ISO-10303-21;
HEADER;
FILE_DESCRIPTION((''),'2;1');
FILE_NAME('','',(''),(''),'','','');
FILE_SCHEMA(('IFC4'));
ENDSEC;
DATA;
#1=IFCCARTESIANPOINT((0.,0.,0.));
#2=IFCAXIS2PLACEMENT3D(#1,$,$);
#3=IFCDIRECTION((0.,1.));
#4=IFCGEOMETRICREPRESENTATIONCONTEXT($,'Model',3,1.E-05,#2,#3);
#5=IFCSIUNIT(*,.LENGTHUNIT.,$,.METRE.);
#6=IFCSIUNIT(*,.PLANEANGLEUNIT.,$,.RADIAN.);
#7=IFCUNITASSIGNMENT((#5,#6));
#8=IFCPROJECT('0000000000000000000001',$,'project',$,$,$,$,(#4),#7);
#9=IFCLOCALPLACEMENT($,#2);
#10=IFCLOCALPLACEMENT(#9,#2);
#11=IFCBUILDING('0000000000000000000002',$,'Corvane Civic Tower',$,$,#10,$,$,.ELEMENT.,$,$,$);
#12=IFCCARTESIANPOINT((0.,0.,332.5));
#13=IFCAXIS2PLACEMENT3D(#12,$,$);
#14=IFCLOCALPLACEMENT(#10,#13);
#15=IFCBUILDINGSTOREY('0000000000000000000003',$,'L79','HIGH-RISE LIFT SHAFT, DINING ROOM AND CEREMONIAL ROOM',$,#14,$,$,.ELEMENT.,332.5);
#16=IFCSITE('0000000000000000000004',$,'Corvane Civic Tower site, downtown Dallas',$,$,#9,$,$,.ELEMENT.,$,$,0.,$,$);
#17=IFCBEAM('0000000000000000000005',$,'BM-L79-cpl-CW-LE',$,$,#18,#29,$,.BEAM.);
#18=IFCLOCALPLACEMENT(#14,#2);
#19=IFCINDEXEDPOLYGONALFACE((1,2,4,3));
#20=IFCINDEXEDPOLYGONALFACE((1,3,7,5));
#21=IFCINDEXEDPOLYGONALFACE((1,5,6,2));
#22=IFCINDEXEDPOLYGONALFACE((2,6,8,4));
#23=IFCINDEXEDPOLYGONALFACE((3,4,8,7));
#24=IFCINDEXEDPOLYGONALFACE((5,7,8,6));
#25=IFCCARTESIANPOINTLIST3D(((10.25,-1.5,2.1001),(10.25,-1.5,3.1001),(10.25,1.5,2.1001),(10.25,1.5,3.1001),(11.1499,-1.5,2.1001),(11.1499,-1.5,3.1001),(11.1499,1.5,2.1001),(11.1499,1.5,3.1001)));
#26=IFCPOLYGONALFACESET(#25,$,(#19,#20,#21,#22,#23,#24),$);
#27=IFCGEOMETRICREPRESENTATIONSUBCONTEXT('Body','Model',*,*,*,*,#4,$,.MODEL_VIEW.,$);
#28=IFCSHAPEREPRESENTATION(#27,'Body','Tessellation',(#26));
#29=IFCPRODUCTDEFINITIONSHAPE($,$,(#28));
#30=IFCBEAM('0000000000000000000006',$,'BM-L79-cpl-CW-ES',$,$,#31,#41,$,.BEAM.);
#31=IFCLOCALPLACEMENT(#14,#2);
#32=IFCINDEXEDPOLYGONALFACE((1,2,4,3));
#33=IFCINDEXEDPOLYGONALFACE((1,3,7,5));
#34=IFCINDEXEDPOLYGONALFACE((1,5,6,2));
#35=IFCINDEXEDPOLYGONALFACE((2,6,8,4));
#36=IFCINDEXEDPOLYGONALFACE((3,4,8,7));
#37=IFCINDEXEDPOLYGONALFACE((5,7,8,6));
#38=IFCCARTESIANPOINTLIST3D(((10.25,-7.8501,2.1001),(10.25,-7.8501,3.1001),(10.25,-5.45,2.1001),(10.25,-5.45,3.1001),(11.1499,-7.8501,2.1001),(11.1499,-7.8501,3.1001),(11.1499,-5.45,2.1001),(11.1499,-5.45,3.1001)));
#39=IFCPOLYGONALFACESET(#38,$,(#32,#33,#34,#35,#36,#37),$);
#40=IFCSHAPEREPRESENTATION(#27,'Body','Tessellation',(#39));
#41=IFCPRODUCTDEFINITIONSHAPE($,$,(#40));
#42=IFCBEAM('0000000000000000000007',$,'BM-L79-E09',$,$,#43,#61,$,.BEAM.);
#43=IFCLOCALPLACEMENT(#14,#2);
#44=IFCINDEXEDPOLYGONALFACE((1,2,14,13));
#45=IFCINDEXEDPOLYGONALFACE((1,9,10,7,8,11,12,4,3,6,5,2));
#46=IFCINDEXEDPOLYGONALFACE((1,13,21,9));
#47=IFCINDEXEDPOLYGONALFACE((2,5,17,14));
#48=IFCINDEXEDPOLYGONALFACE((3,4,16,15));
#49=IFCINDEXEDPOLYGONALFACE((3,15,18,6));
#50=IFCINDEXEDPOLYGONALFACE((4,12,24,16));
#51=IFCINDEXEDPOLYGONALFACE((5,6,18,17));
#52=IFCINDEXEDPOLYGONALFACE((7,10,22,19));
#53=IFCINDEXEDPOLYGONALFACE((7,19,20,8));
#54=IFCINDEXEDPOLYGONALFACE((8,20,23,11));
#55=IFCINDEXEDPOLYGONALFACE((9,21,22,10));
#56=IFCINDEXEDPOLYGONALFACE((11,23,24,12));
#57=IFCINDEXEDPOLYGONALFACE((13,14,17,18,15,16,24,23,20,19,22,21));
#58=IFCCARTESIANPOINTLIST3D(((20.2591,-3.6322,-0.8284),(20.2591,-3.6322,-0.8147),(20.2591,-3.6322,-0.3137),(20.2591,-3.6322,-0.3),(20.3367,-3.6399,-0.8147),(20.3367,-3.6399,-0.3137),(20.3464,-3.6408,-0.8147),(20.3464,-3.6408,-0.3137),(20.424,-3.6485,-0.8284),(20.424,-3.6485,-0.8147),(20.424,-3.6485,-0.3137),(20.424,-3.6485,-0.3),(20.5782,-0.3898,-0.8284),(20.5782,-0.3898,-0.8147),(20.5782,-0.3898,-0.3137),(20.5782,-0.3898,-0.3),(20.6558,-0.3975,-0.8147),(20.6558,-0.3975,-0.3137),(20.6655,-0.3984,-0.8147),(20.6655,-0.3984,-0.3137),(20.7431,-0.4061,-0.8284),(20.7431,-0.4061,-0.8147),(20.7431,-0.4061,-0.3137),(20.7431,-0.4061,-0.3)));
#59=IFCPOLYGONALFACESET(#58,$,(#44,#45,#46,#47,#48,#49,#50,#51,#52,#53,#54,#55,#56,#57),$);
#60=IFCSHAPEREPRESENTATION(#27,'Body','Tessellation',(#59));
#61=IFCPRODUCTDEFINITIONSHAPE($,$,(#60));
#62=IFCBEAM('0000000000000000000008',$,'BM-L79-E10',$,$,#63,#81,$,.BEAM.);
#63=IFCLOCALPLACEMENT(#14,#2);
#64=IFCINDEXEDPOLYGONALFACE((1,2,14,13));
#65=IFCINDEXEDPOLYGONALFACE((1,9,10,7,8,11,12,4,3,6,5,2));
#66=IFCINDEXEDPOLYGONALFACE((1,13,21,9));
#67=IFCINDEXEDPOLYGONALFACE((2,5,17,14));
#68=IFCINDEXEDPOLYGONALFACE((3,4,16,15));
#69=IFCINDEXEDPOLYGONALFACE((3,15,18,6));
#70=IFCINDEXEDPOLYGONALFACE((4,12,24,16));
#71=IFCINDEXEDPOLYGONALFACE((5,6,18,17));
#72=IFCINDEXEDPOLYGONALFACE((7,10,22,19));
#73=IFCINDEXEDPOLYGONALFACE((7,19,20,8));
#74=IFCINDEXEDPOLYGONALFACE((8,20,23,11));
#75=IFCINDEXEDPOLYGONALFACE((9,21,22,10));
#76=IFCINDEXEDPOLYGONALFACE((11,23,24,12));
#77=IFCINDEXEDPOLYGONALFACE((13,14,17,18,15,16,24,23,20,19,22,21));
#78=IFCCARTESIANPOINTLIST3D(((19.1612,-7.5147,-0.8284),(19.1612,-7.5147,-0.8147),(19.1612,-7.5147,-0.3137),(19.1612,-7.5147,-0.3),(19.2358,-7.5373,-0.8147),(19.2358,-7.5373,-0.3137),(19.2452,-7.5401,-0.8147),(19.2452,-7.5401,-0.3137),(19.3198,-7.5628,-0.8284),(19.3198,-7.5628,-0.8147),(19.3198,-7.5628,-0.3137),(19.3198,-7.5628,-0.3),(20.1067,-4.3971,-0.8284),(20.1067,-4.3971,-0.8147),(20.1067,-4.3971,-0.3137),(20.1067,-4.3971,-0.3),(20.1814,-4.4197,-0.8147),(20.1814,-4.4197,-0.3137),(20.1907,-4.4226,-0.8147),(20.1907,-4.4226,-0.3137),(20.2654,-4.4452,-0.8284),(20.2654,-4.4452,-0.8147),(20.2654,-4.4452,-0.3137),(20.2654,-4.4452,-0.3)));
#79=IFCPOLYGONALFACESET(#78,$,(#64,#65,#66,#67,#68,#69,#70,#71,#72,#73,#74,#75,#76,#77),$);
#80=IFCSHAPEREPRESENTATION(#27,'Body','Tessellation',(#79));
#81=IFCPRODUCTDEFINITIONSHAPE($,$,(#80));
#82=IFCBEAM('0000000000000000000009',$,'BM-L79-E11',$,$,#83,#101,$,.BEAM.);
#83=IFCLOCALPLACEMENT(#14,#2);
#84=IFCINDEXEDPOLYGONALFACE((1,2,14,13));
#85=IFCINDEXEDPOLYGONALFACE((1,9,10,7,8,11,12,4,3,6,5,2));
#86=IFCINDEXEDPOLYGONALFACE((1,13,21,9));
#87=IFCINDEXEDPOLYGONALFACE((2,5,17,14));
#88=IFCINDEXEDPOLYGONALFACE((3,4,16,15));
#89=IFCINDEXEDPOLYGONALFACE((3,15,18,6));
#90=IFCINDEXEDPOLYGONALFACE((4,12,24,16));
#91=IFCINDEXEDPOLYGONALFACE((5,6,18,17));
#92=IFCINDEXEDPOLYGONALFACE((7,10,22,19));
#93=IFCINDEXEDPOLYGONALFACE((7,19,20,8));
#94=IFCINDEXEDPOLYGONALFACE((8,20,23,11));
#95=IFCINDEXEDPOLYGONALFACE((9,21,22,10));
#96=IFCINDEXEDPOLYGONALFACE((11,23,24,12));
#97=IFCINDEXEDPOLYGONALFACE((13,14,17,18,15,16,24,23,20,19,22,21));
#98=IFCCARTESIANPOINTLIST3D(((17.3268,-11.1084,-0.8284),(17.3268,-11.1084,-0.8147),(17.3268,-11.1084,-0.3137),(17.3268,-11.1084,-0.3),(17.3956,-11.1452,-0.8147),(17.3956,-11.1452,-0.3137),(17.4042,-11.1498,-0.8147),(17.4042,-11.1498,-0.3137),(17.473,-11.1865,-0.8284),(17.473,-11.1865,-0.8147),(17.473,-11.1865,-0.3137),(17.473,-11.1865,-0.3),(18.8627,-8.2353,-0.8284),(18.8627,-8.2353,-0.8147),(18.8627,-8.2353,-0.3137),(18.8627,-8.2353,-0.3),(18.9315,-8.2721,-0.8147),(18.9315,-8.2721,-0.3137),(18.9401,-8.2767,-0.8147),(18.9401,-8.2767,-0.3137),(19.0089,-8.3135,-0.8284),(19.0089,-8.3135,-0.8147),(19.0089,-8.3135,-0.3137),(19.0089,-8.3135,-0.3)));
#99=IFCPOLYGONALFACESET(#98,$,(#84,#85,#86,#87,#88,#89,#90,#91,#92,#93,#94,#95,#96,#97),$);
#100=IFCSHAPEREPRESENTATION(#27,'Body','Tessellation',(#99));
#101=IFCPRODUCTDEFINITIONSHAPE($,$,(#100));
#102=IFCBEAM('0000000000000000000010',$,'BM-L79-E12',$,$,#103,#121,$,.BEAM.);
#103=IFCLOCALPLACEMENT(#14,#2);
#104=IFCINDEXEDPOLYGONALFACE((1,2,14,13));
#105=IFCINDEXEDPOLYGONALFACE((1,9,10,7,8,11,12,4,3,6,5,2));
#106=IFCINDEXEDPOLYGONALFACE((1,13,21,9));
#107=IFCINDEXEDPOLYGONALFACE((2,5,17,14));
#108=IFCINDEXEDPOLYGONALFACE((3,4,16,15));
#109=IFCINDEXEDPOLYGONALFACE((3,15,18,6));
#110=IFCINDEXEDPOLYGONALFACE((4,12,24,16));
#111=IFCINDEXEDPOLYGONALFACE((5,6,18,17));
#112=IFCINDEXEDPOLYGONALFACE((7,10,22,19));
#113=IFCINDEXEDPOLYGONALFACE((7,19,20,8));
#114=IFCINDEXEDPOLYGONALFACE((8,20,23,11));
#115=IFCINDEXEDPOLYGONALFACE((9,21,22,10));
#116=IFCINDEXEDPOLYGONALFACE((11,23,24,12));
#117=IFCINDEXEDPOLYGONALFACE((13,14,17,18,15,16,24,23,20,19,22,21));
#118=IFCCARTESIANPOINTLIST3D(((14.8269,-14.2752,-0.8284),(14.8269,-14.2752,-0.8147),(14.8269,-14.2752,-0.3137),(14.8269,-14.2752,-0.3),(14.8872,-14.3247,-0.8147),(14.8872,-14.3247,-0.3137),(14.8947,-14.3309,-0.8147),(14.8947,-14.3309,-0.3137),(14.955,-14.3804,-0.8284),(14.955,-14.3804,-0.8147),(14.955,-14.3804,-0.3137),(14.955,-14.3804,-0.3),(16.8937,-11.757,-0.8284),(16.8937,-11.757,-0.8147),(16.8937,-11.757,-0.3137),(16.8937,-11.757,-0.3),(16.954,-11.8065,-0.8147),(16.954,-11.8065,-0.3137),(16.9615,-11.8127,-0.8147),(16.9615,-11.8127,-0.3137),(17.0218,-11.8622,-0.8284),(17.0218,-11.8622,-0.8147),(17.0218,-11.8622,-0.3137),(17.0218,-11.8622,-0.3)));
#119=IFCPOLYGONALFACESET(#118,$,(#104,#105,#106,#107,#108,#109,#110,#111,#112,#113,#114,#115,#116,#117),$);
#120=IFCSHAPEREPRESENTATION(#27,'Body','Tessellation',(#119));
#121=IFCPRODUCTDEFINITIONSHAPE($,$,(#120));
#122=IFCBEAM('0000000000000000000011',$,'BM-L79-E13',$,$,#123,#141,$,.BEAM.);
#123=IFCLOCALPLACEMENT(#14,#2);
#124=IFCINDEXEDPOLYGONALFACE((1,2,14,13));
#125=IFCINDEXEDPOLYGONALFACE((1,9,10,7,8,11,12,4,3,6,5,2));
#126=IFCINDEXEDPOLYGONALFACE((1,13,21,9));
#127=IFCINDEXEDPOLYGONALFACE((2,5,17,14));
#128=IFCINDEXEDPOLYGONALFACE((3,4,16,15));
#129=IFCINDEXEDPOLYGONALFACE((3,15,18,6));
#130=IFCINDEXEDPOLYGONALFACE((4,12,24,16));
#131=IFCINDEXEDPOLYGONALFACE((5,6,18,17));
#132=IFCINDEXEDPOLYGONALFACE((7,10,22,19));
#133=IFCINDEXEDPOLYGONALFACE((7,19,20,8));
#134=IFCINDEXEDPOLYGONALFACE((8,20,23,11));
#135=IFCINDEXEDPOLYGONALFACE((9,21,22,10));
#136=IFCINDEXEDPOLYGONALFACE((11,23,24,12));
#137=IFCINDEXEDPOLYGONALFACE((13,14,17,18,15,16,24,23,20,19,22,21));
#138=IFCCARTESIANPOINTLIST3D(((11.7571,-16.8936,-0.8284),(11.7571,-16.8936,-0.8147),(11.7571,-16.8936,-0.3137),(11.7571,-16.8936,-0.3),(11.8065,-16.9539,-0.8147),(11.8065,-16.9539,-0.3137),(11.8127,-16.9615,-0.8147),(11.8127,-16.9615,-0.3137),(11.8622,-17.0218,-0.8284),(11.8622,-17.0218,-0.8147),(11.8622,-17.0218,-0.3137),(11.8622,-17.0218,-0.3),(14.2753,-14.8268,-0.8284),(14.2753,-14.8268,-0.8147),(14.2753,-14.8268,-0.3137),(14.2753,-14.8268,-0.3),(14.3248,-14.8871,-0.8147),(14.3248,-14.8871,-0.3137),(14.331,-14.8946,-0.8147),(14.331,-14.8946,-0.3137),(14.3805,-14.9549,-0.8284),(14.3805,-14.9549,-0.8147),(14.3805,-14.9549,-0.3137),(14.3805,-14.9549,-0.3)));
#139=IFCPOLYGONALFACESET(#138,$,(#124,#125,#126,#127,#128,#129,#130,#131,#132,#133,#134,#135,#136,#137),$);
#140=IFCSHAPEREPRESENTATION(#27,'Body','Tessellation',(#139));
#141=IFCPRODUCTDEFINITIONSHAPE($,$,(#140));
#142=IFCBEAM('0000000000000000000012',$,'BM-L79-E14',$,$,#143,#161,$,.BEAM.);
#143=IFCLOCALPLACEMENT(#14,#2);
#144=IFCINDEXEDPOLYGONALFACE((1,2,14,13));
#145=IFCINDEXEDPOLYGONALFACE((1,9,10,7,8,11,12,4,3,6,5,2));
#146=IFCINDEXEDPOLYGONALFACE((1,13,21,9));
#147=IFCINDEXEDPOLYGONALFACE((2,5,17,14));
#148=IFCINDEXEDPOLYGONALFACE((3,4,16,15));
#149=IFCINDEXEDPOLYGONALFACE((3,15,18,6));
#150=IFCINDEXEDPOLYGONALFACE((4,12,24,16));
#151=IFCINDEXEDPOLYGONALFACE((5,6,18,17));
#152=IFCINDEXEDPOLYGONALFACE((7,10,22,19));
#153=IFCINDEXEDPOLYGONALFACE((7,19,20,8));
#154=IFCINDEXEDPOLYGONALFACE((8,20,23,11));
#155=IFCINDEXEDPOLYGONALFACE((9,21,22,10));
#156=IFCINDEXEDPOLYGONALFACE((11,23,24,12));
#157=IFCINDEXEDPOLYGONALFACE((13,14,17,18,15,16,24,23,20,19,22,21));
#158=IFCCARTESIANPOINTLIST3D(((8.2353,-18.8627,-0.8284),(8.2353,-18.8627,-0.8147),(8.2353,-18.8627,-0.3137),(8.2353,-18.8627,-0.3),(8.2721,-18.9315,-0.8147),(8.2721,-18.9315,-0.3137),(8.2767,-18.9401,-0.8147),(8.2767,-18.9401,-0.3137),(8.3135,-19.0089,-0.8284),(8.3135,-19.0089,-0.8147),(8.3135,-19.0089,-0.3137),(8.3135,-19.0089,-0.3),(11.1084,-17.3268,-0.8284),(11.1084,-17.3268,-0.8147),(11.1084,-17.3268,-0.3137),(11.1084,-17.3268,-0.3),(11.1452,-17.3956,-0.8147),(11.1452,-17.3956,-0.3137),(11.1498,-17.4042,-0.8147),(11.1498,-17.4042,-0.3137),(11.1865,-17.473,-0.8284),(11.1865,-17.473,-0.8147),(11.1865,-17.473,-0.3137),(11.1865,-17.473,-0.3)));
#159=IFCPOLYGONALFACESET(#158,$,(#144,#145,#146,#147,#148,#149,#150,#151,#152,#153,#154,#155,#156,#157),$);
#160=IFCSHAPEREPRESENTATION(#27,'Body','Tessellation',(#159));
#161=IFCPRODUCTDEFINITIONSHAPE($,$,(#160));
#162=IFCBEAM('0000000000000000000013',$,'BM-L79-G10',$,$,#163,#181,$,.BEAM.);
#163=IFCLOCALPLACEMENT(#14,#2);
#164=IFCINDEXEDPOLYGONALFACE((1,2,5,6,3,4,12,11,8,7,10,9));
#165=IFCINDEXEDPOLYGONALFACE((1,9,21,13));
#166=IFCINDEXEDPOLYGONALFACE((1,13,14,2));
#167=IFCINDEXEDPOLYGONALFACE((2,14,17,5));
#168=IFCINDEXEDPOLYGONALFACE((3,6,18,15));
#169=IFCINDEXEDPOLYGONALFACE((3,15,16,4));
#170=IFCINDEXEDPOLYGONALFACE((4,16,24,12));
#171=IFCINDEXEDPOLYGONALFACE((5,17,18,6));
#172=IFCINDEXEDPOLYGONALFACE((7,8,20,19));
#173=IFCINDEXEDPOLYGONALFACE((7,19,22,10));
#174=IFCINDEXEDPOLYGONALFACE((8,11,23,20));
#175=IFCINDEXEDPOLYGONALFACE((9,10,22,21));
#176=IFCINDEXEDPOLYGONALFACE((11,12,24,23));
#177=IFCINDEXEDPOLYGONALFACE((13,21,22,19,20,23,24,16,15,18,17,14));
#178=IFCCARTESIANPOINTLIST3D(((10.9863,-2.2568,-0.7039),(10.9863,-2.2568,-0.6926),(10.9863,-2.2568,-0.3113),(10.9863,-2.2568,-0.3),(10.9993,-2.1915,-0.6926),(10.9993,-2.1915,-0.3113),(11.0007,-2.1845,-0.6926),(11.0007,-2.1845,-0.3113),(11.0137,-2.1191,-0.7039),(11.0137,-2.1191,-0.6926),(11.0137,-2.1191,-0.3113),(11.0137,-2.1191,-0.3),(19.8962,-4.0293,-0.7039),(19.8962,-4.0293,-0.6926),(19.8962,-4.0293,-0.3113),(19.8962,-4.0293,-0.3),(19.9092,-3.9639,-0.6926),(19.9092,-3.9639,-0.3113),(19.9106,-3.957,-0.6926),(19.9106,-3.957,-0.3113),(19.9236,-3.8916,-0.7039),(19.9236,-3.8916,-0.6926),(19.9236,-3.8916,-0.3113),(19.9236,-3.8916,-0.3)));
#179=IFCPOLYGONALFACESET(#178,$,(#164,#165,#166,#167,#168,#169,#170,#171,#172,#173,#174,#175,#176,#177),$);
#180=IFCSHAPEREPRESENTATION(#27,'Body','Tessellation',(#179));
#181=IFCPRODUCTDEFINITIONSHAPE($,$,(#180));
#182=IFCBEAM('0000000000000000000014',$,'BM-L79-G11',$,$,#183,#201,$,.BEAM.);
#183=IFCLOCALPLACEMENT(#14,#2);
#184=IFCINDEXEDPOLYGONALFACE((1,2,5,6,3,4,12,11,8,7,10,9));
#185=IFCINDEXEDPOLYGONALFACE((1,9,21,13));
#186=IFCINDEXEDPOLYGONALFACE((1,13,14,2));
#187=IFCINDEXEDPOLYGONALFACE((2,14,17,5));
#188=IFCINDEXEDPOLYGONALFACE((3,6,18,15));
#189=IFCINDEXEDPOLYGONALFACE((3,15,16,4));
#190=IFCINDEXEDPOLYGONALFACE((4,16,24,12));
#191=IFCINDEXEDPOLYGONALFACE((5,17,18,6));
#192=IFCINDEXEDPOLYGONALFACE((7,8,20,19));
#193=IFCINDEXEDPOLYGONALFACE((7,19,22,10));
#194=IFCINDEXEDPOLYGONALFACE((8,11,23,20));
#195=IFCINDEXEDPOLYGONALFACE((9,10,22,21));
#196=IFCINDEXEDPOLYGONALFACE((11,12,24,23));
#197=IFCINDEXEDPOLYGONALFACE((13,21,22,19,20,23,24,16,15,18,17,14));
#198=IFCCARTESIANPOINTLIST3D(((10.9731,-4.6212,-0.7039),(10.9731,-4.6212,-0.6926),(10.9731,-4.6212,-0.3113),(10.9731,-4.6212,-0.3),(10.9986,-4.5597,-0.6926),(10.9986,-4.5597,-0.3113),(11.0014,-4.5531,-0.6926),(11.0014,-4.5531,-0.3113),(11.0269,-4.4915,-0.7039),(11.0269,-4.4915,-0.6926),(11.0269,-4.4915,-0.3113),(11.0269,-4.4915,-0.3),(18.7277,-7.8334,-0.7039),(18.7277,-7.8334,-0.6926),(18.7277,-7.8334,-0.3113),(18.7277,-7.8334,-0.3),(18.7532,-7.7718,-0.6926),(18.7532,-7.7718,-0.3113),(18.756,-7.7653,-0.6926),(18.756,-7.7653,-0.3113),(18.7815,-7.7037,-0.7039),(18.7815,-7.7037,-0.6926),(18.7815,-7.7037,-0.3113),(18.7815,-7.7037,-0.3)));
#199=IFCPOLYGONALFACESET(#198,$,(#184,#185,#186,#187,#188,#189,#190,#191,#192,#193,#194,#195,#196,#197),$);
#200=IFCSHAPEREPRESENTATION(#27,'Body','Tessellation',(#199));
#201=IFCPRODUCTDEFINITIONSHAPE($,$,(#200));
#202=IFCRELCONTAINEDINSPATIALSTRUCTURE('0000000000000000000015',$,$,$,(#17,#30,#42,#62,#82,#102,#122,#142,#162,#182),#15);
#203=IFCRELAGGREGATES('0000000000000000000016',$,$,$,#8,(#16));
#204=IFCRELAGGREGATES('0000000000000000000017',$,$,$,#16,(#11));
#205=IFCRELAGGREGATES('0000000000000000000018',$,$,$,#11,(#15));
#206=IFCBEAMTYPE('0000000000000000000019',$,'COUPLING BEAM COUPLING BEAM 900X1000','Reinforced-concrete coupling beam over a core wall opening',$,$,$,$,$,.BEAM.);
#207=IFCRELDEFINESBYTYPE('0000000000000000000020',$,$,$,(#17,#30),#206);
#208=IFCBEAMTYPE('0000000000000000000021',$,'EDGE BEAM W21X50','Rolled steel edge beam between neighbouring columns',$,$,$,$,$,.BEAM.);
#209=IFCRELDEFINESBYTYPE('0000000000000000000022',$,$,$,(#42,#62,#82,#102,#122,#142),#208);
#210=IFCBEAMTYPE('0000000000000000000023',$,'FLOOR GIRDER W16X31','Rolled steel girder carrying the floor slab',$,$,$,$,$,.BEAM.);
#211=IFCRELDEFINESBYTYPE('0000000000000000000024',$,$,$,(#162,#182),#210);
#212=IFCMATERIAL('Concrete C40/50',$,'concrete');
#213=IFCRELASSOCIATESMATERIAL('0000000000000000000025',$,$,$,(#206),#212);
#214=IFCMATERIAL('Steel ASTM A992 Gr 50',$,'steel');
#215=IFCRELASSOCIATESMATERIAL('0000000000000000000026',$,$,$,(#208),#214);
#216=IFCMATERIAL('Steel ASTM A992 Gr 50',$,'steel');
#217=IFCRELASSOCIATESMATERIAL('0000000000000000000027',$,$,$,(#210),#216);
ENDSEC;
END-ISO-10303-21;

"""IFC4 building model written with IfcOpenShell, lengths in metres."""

from ifc_helpers import new_model, si_unit, direction, frame, origin, origin_2d, place, context, subcontext, project, spatial, rectangle, i_section, extrude, material, material_profile, profile_set, type_object, element, save


model = new_model("IFC4")

# Units and contexts
model_context = context("Model", 3, precision=1e-05, world=origin(), true_north=direction((0.0, 1.0)))
body_context = subcontext(model_context, "Body", "Model", "MODEL_VIEW")
ifc_project = project(units=[si_unit("LENGTHUNIT", "METRE"), si_unit("PLANEANGLEUNIT", "RADIAN")], contexts=[model_context])

# Site, building, storey
site_placement = place(None, origin())
site = spatial("IfcSite", under=ifc_project, at=site_placement, Name="Corvane Civic Tower site, downtown Dallas", CompositionType="ELEMENT", RefElevation=0.0)
building_placement = place(site_placement, origin())
building = spatial("IfcBuilding", under=site, at=building_placement, Name="Corvane Civic Tower", CompositionType="ELEMENT")
storey_placement = place(building_placement, frame((0.0, 0.0, 332.5)))
storey = spatial("IfcBuildingStorey", under=building, at=storey_placement, Name="L79", Description="HIGH-RISE LIFT SHAFT, DINING ROOM AND CEREMONIAL ROOM", CompositionType="ELEMENT", Elevation=332.5)

# Beams
ifc_material_1 = material(Name="Concrete C40/50", Category="concrete")
ifc_material_profile_1 = material_profile(ifc_material_1, rectangle(XDim=0.8999, YDim=1.0, at=origin_2d()), Name="COUPLING BEAM 900X1000")
ifc_profile_set_1 = profile_set([ifc_material_profile_1], Name="Concrete C40/50")
beam_type_1 = type_object("IfcBeamType", Name="COUPLING BEAM COUPLING BEAM 900X1000", Description="Reinforced-concrete coupling beam over a core wall opening", PredefinedType="BEAM", material=ifc_profile_set_1)
beam_1_placement = place(storey_placement, frame((10.7, -1.5, 2.6001), z_axis=(0.0, 1.0, 0.0), x_axis=(-1.0, 0.0, 0.0)))
element("IfcBeam", 1, at=beam_1_placement, inside=storey, type_object=beam_type_1, Name="BM-L79-cpl-CW-LE", PredefinedType="BEAM", context=body_context, shape_type="SweptSolid", body=[
    extrude(rectangle(XDim=0.8999, YDim=1.0, at=origin_2d()), origin(), (0.0, 0.0, 1.0), 3.0),
])
beam_2_placement = place(storey_placement, frame((10.7, -7.8501, 2.6001), z_axis=(0.0, 1.0, 0.0), x_axis=(-1.0, 0.0, 0.0)))
element("IfcBeam", 2, at=beam_2_placement, inside=storey, type_object=beam_type_1, Name="BM-L79-cpl-CW-ES", PredefinedType="BEAM", context=body_context, shape_type="SweptSolid", body=[
    extrude(rectangle(XDim=0.8999, YDim=1.0, at=origin_2d()), origin(), (0.0, 0.0, 1.0), 2.4001),
])
ifc_material_2 = material(Name="Steel ASTM A992 Gr 50", Category="steel")
ifc_material_profile_2 = material_profile(ifc_material_2, i_section(OverallWidth=0.1658, OverallDepth=0.5283, WebThickness=0.0098, FlangeThickness=0.0137, at=origin_2d()), Name="W21X50")
ifc_profile_set_2 = profile_set([ifc_material_profile_2], Name="Steel ASTM A992 Gr 50")
beam_type_2 = type_object("IfcBeamType", Name="EDGE BEAM W21X50", Description="Rolled steel edge beam between neighbouring columns", PredefinedType="BEAM", material=ifc_profile_set_2)
beam_3_placement = place(storey_placement, frame((20.6606, -0.3979, -0.5642), z_axis=(-0.097938, -0.995193, 0.0), x_axis=(0.995193, -0.097938, 0.0)))
element("IfcBeam", 3, at=beam_3_placement, inside=storey, type_object=beam_type_2, Name="BM-L79-E09", PredefinedType="BEAM", context=body_context, shape_type="SweptSolid", body=[
    extrude(i_section(OverallWidth=0.1658, OverallDepth=0.5283, WebThickness=0.0098, FlangeThickness=0.0137, at=origin_2d()), origin(), (0.0, 0.0, 1.0), 3.2581),
])
for number, where, z_axis, x_axis, name in (
    (4, (20.186, -4.4211, -0.5642), (-0.290234, -0.956956, 0.0), (0.956956, -0.290234, 0.0), "BM-L79-E10"),
    (5, (18.9358, -8.2744, -0.5642), (-0.471448, -0.881894, 0.0), (0.881894, -0.471448, 0.0), "BM-L79-E11"),
    (6, (16.9578, -11.8096, -0.5642), (-0.634425, -0.772985, 0.0), (0.772985, -0.634425, 0.0), "BM-L79-E12"),
    (7, (14.3279, -14.8909, -0.5642), (-0.772985, -0.634425, 0.0), (0.634425, -0.772985, 0.0), "BM-L79-E13"),
    (8, (11.1475, -17.3999, -0.5642), (-0.881894, -0.471448, 0.0), (0.471448, -0.881894, 0.0), "BM-L79-E14"),
):
    element("IfcBeam", number, at=place(storey_placement, frame(where, z_axis=z_axis, x_axis=x_axis)), inside=storey, type_object=beam_type_2, Name=name, PredefinedType="BEAM", context=body_context, shape_type="SweptSolid", body=[
        extrude(i_section(OverallWidth=0.1658, OverallDepth=0.5283, WebThickness=0.0098, FlangeThickness=0.0137, at=origin_2d()), origin(), (0.0, 0.0, 1.0), 3.2578),
    ])
ifc_material_3 = material(Name="Steel ASTM A992 Gr 50", Category="steel")
ifc_material_profile_3 = material_profile(ifc_material_3, i_section(OverallWidth=0.1404, OverallDepth=0.4038, WebThickness=0.0071, FlangeThickness=0.0112, at=origin_2d()), Name="W16X31")
ifc_profile_set_3 = profile_set([ifc_material_profile_3], Name="Steel ASTM A992 Gr 50")
beam_type_3 = type_object("IfcBeamType", Name="FLOOR GIRDER W16X31", Description="Rolled steel girder carrying the floor slab", PredefinedType="BEAM", material=ifc_profile_set_3)
beam_4_placement = place(storey_placement, frame((11.0, -2.188, -0.502), z_axis=(0.980782, -0.195108, 0.0), x_axis=(0.195108, 0.980782, 0.0)))
element("IfcBeam", 9, at=beam_4_placement, inside=storey, type_object=beam_type_3, Name="BM-L79-G10", PredefinedType="BEAM", context=body_context, shape_type="SweptSolid", body=[
    extrude(i_section(OverallWidth=0.1404, OverallDepth=0.4038, WebThickness=0.0071, FlangeThickness=0.0112, at=origin_2d()), origin(), (0.0, 0.0, 1.0), 9.0845),
])
beam_5_placement = place(storey_placement, frame((11.0, -4.5564, -0.502), z_axis=(0.923876, -0.382692, 0.0), x_axis=(0.382692, 0.923876, 0.0)))
element("IfcBeam", 10, at=beam_5_placement, inside=storey, type_object=beam_type_3, Name="BM-L79-G11", PredefinedType="BEAM", context=body_context, shape_type="SweptSolid", body=[
    extrude(i_section(OverallWidth=0.1404, OverallDepth=0.4038, WebThickness=0.0071, FlangeThickness=0.0112, at=origin_2d()), origin(), (0.0, 0.0, 1.0), 8.3936),
])

save(model, "model.ifc")
